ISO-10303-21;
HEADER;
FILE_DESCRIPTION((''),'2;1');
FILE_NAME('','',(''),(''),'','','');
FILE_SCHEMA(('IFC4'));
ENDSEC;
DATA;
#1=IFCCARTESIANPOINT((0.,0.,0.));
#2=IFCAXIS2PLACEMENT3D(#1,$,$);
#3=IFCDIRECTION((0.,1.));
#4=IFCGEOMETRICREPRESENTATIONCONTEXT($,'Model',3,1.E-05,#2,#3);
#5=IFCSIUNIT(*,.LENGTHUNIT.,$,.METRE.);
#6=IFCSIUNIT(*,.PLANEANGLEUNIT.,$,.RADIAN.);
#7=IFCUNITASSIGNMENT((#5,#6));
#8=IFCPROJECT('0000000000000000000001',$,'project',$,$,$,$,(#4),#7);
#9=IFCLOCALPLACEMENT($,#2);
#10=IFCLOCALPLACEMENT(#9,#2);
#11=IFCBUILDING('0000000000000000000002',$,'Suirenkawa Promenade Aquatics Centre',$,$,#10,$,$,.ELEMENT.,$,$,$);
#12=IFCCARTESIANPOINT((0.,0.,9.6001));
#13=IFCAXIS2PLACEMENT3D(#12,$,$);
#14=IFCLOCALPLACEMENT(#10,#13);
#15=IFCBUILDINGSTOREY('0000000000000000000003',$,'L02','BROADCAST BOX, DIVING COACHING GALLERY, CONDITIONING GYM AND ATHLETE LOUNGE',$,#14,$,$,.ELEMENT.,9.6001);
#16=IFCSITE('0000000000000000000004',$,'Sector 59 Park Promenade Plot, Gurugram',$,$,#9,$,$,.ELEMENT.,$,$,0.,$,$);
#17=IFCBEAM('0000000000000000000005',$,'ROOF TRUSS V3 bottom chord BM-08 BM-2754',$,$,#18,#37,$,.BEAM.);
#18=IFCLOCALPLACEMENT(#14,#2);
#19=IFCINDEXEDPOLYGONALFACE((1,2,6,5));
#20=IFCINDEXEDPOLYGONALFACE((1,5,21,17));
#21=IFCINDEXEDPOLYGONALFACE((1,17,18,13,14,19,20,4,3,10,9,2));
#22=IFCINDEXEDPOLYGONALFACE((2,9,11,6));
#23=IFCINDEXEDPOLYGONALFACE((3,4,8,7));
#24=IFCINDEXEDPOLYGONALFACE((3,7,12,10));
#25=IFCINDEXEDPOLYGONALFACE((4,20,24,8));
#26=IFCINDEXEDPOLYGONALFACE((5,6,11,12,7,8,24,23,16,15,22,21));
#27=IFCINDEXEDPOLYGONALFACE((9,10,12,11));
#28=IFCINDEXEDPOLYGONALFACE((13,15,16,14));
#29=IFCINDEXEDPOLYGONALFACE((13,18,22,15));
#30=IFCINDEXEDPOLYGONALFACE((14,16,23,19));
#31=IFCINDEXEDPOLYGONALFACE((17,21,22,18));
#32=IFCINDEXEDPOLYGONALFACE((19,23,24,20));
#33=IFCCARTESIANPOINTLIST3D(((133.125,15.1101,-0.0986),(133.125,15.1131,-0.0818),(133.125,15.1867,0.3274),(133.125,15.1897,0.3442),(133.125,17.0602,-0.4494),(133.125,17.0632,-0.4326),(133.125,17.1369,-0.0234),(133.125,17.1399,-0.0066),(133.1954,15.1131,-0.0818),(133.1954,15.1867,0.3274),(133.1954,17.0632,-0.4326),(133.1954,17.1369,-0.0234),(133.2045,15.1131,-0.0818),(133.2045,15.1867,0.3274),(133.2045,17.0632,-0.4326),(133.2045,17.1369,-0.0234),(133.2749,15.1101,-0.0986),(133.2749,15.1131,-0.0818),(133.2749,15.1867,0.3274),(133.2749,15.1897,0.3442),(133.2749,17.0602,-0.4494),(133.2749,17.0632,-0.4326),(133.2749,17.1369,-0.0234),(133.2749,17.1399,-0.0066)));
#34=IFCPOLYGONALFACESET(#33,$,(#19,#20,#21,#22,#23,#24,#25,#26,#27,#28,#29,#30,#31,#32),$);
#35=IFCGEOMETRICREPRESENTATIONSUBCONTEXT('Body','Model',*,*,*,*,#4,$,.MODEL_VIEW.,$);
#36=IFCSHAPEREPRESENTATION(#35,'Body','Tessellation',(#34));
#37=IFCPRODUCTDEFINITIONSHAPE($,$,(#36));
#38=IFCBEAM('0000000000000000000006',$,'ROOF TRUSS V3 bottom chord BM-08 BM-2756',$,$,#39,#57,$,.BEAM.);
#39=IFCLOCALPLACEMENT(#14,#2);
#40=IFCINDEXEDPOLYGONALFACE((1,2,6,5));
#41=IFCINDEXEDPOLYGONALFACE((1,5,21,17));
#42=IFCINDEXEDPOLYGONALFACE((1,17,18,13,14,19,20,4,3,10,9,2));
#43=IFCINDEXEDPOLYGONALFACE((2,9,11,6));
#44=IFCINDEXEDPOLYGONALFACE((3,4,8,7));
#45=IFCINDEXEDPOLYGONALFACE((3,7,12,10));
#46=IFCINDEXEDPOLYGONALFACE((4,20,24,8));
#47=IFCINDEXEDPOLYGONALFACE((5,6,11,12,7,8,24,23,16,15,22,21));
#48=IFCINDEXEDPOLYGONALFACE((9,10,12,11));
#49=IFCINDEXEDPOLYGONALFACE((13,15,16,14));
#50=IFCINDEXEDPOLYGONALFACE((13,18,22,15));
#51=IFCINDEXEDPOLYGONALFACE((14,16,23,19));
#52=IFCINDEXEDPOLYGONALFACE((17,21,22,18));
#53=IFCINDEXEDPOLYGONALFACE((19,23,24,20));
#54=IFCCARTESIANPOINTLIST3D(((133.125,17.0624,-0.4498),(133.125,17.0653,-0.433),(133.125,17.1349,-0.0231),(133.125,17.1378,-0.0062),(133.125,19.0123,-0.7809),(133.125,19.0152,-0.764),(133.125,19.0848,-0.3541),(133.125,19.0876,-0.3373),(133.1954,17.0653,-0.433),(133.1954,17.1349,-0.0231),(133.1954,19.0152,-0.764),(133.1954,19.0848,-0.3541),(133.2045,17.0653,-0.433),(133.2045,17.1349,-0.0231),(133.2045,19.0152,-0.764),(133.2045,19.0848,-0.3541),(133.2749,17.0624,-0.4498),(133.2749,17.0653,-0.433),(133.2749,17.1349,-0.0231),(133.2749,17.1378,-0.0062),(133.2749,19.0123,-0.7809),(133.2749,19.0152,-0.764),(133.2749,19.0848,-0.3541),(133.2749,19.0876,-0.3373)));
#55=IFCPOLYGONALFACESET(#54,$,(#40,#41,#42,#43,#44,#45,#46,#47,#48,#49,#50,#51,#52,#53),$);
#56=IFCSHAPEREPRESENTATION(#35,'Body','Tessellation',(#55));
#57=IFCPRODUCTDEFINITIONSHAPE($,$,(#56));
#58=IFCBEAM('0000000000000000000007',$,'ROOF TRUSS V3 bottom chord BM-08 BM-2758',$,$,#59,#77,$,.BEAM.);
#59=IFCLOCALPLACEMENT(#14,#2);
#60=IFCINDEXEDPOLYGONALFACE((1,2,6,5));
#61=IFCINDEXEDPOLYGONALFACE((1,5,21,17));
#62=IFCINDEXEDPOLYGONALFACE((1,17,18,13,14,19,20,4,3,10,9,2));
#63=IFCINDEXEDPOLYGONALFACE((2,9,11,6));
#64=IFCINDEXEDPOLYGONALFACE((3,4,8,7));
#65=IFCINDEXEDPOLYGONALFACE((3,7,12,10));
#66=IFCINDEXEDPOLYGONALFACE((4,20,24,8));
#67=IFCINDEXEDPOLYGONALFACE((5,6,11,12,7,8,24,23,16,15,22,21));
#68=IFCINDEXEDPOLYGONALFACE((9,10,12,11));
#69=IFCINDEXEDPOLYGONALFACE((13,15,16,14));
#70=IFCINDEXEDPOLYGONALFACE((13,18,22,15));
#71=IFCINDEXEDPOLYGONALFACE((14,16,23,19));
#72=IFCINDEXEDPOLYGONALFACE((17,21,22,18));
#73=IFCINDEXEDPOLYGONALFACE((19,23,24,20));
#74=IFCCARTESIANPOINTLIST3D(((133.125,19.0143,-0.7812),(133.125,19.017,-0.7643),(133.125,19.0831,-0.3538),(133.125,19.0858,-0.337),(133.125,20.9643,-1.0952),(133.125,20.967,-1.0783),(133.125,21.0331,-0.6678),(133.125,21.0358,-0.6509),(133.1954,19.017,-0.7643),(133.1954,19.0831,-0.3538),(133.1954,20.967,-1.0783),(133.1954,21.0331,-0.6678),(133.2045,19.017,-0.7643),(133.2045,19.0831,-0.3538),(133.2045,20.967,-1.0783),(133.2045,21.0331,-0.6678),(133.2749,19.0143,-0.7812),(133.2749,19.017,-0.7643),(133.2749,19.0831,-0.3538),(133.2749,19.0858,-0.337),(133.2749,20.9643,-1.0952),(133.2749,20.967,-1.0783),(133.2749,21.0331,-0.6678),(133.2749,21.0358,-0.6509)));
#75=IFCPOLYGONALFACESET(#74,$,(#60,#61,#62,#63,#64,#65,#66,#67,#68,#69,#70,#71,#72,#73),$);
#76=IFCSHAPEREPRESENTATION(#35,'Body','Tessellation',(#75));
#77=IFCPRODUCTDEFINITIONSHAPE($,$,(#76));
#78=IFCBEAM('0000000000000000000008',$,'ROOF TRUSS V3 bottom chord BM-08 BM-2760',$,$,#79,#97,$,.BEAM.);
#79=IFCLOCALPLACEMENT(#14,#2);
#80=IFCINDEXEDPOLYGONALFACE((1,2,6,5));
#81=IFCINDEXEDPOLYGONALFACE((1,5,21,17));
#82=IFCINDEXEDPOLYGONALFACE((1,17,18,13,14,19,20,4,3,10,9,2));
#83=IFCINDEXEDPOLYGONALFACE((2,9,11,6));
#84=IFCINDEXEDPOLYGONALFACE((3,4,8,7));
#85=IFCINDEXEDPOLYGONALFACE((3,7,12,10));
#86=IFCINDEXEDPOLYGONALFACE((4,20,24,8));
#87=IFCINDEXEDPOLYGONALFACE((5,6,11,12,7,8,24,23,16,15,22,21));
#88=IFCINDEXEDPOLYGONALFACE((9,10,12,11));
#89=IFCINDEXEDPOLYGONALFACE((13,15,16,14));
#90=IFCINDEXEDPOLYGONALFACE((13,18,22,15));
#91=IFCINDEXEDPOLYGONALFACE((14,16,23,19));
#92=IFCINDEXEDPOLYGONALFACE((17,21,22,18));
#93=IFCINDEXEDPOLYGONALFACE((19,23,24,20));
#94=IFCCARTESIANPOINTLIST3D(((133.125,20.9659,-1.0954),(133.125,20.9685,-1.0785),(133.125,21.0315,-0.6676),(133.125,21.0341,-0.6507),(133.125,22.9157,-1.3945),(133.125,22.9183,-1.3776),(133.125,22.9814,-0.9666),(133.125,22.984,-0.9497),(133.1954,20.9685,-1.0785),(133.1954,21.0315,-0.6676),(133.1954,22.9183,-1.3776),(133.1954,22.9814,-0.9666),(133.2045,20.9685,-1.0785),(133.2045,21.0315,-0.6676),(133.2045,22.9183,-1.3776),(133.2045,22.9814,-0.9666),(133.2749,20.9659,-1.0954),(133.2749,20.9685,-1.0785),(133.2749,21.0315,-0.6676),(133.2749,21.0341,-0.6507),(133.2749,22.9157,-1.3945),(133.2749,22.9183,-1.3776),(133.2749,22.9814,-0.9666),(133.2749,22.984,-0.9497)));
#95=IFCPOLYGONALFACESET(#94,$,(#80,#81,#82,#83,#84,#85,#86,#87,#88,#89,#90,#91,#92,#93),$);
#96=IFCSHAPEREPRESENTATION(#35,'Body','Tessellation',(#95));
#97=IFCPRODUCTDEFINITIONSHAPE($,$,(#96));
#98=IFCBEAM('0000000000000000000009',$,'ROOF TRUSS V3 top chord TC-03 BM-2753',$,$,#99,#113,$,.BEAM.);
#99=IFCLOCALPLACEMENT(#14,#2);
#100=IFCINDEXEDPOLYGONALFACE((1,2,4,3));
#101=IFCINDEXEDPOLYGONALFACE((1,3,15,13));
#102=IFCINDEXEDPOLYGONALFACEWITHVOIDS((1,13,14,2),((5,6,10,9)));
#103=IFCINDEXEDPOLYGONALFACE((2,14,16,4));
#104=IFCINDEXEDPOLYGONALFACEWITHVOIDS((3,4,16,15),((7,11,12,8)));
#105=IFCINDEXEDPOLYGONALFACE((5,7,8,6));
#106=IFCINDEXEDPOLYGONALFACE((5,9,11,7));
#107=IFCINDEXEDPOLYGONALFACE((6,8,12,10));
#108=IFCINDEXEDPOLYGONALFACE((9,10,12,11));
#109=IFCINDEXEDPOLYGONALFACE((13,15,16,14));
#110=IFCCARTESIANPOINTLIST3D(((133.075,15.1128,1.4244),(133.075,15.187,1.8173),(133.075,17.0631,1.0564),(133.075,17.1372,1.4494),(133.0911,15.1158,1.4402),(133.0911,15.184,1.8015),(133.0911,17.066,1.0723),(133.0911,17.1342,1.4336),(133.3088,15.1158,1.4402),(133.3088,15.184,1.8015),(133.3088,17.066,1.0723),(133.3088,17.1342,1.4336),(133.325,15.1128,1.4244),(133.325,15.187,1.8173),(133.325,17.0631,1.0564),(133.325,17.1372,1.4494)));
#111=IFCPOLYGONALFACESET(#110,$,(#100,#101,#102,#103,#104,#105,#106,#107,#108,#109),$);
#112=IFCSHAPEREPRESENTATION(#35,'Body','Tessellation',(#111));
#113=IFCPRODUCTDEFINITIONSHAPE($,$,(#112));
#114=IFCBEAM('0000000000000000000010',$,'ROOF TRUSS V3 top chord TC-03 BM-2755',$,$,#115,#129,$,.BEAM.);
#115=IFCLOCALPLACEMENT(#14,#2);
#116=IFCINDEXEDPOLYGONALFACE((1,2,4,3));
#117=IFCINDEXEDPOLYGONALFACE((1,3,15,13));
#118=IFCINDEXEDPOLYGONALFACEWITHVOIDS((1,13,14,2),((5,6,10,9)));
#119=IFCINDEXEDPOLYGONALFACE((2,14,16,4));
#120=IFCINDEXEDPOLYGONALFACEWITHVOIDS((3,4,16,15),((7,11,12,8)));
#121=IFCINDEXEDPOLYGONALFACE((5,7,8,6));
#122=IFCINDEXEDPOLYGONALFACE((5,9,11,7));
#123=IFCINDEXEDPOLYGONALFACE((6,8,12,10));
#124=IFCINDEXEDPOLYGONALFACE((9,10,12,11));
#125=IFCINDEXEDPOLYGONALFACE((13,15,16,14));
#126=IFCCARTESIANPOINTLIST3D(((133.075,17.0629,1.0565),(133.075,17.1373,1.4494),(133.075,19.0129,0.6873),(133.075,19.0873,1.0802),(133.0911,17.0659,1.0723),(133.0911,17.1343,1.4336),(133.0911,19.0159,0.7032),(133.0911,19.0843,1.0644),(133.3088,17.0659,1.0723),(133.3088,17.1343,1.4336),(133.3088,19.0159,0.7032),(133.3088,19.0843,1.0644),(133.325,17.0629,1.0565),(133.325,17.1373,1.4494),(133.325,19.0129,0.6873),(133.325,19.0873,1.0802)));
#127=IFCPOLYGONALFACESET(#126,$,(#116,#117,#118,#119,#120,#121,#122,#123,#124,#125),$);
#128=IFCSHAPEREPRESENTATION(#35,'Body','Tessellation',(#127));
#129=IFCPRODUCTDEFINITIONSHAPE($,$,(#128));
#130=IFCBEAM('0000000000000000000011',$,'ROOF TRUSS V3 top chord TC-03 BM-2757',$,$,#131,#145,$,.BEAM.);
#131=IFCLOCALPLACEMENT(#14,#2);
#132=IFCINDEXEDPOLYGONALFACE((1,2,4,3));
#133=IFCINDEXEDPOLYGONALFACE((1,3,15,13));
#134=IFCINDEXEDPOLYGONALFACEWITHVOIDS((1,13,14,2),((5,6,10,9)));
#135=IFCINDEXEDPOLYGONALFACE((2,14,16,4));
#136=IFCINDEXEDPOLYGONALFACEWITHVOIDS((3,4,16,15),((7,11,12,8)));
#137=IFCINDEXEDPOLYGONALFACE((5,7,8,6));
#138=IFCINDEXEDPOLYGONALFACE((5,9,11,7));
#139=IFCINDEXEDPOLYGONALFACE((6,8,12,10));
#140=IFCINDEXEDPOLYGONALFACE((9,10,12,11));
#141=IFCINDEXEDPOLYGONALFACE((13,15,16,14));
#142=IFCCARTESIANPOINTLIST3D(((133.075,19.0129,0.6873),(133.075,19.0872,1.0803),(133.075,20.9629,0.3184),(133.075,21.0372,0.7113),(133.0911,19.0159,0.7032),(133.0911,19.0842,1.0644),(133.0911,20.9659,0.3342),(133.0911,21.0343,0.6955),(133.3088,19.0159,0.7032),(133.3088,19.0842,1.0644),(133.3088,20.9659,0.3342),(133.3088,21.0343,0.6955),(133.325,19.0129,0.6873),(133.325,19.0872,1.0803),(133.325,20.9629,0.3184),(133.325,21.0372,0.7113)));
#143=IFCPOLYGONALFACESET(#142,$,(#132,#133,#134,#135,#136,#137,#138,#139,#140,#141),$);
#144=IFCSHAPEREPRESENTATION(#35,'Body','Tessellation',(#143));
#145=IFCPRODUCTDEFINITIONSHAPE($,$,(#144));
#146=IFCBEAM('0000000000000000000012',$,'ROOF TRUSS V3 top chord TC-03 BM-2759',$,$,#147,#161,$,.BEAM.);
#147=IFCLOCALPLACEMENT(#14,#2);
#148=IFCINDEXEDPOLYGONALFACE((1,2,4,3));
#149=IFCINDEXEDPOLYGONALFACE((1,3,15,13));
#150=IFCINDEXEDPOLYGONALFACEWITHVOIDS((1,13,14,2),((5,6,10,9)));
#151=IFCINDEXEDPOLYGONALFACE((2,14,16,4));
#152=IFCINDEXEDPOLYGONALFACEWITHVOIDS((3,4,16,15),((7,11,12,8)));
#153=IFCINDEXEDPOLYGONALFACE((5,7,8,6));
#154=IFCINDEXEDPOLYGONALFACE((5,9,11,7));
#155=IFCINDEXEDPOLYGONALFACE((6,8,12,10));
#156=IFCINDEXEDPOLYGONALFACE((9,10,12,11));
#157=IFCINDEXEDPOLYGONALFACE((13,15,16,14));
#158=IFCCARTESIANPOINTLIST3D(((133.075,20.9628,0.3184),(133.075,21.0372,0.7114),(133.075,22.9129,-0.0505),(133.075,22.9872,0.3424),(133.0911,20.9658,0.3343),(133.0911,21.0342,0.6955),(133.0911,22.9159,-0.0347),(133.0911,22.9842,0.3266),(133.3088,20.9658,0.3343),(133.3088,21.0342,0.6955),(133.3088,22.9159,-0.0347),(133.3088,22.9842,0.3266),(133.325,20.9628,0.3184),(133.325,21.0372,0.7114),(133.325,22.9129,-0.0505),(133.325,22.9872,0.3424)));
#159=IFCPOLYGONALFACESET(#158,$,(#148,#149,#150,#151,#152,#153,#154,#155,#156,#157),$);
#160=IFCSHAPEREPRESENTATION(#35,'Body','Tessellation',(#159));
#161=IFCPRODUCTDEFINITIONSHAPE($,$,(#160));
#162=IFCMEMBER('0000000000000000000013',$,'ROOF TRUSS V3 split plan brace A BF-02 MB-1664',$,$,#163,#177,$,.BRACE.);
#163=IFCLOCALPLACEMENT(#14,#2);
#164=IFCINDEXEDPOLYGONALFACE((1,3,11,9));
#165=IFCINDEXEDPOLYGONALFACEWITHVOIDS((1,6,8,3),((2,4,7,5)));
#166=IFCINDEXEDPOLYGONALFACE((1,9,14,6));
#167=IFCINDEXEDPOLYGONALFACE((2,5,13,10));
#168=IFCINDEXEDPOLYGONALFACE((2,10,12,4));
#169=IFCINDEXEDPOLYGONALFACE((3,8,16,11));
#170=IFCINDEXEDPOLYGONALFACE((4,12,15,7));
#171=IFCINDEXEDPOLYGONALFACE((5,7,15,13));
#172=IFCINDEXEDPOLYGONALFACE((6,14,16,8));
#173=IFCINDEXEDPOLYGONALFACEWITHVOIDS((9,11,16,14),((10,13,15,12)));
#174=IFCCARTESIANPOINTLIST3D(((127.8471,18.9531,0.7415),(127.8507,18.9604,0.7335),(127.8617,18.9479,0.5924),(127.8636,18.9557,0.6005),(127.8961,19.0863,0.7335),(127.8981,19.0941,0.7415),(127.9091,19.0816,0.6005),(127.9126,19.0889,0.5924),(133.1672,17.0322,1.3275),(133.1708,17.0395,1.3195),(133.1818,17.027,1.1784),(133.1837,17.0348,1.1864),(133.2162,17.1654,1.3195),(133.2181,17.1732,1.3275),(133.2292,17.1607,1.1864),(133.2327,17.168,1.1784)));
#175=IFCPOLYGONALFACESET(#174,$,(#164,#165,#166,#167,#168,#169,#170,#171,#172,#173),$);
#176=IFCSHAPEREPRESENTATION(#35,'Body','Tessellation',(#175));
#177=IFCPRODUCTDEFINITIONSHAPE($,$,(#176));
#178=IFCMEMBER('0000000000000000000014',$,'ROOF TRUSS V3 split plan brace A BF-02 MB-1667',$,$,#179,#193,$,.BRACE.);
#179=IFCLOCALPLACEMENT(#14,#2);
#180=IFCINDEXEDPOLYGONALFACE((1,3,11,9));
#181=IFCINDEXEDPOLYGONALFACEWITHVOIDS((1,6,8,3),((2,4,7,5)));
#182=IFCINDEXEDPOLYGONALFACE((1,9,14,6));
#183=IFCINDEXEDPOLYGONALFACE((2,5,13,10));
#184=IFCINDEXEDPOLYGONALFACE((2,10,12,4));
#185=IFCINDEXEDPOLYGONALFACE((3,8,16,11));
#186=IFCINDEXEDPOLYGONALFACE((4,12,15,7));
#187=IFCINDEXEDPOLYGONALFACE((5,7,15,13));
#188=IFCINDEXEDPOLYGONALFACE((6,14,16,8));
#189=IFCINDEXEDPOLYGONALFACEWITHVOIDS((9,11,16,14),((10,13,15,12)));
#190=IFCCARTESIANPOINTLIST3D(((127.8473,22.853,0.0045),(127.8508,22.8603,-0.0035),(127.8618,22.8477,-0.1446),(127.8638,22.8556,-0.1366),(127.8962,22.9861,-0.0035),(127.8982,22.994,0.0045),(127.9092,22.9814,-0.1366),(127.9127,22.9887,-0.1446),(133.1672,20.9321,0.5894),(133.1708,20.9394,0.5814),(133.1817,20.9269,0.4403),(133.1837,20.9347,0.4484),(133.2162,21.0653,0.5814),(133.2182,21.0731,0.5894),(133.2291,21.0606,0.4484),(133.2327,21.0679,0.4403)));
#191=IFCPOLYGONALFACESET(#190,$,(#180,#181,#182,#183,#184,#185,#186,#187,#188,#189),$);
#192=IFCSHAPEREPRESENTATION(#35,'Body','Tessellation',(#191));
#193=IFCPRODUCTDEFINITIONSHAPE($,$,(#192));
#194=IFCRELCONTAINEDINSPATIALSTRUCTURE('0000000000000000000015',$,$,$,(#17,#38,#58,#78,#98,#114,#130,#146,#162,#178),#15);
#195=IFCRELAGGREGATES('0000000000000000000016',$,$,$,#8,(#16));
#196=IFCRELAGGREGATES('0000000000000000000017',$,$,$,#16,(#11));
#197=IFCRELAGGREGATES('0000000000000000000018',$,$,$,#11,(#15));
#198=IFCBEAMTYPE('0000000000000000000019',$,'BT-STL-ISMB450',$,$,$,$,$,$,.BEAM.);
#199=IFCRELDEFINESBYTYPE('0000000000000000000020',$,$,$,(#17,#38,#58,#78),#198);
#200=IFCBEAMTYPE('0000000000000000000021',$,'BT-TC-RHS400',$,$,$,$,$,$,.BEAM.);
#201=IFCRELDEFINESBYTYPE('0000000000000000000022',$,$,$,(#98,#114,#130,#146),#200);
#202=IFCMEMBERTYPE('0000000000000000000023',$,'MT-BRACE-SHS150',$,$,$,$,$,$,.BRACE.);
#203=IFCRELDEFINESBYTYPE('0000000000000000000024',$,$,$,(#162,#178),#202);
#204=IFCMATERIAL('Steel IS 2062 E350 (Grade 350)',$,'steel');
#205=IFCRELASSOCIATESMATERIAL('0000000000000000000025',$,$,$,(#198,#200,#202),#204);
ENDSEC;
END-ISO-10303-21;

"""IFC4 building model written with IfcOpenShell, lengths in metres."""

from ifc_helpers import new_model, si_unit, direction, frame, origin, origin_2d, place, context, subcontext, project, spatial, hollow_rectangle, i_section, extrude, material, material_profile, profile_set, type_object, element, save


model = new_model("IFC4")

# Units and contexts
model_context = context("Model", 3, precision=1e-05, world=origin(), true_north=direction((0.0, 1.0)))
body_context = subcontext(model_context, "Body", "Model", "MODEL_VIEW")
ifc_project = project(units=[si_unit("LENGTHUNIT", "METRE"), si_unit("PLANEANGLEUNIT", "RADIAN")], contexts=[model_context])

# Site, building, storey
site_placement = place(None, origin())
site = spatial("IfcSite", under=ifc_project, at=site_placement, Name="Sector 59 Park Promenade Plot, Gurugram", CompositionType="ELEMENT", RefElevation=0.0)
building_placement = place(site_placement, origin())
building = spatial("IfcBuilding", under=site, at=building_placement, Name="Suirenkawa Promenade Aquatics Centre", CompositionType="ELEMENT")
storey_placement = place(building_placement, frame((0.0, 0.0, 9.6001)))
storey = spatial("IfcBuildingStorey", under=building, at=storey_placement, Name="L02", Description="BROADCAST BOX, DIVING COACHING GALLERY, CONDITIONING GYM AND ATHLETE LOUNGE", CompositionType="ELEMENT", Elevation=9.6001)

# Beams
ifc_material_1 = material(Name="Steel IS 2062 E350 (Grade 350)", Category="steel")
ifc_material_profile_1 = material_profile(ifc_material_1, i_section(OverallWidth=0.1499, OverallDepth=0.45, WebThickness=0.009, FlangeThickness=0.0171, at=origin_2d()), Name="ISMB 450", Category="steel")
ifc_profile_set_1 = profile_set([ifc_material_profile_1], Name="Steel IS 2062 E350 (Grade 350)")
beam_type_1 = type_object("IfcBeamType", Name="BT-STL-ISMB450", PredefinedType="BEAM", material=ifc_profile_set_1)
beam_1_placement = place(storey_placement, frame((133.2, 15.1499, 0.1228), z_axis=(0.0, 0.984201, -0.177053), x_axis=(-1.0, 0.0, 0.0)))
element("IfcBeam", 1, at=beam_1_placement, inside=storey, type_object=beam_type_1, Name="ROOF TRUSS V3 bottom chord BM-08 BM-2754", PredefinedType="BEAM", context=body_context, shape_type="SweptSolid", body=[
    extrude(i_section(OverallWidth=0.1499, OverallDepth=0.45, WebThickness=0.009, FlangeThickness=0.0171, at=origin_2d()), origin(), (0.0, 0.0, 1.0), 1.9814),
])
beam_2_placement = place(storey_placement, frame((133.2, 17.1001, -0.228), z_axis=(0.0, 0.985892, -0.167381), x_axis=(-1.0, 0.0, 0.0)))
element("IfcBeam", 2, at=beam_2_placement, inside=storey, type_object=beam_type_1, Name="ROOF TRUSS V3 bottom chord BM-08 BM-2756", PredefinedType="BEAM", context=body_context, shape_type="SweptSolid", body=[
    extrude(i_section(OverallWidth=0.1499, OverallDepth=0.45, WebThickness=0.009, FlangeThickness=0.0171, at=origin_2d()), origin(), (0.0, 0.0, 1.0), 1.9778),
])
beam_3_placement = place(storey_placement, frame((133.2, 19.05, -0.5591), z_axis=(0.0, 0.987284, -0.158964), x_axis=(-1.0, 0.0, 0.0)))
element("IfcBeam", 3, at=beam_3_placement, inside=storey, type_object=beam_type_1, Name="ROOF TRUSS V3 bottom chord BM-08 BM-2758", PredefinedType="BEAM", context=body_context, shape_type="SweptSolid", body=[
    extrude(i_section(OverallWidth=0.1499, OverallDepth=0.45, WebThickness=0.009, FlangeThickness=0.0171, at=origin_2d()), origin(), (0.0, 0.0, 1.0), 1.9751),
])
beam_4_placement = place(storey_placement, frame((133.2, 21.0, -0.873), z_axis=(0.0, 0.988442, -0.151601), x_axis=(-1.0, 0.0, 0.0)))
element("IfcBeam", 4, at=beam_4_placement, inside=storey, type_object=beam_type_1, Name="ROOF TRUSS V3 bottom chord BM-08 BM-2760", PredefinedType="BEAM", context=body_context, shape_type="SweptSolid", body=[
    extrude(i_section(OverallWidth=0.1499, OverallDepth=0.45, WebThickness=0.009, FlangeThickness=0.0171, at=origin_2d()), origin(), (0.0, 0.0, 1.0), 1.9727),
])
ifc_material_profile_2 = material_profile(ifc_material_1, hollow_rectangle(XDim=0.25, YDim=0.3999, WallThickness=0.0161, at=origin_2d()), Name="RHS 400x250x16", Category="steel")
ifc_profile_set_2 = profile_set([ifc_material_profile_2], Name="Steel IS 2062 E350 (Grade 350)")
beam_type_2 = type_object("IfcBeamType", Name="BT-TC-RHS400", PredefinedType="BEAM", material=ifc_profile_set_2)
for number, where, z_axis, x_axis, name in (
    (5, (133.2, 15.1499, 1.6208), (0.0, 0.982665, -0.185388), (-1.0, 0.0, 0.0), "ROOF TRUSS V3 top chord TC-03 BM-2753"),
    (6, (133.2, 17.1001, 1.2529), (0.0, 0.982549, -0.186004), (-1.0, 0.0, 0.0), "ROOF TRUSS V3 top chord TC-03 BM-2755"),
    (7, (133.2, 19.05, 0.8838), (0.0, 0.982571, -0.185885), (-1.0, 0.0, 0.0), "ROOF TRUSS V3 top chord TC-03 BM-2757"),
    (8, (133.2, 21.0, 0.5149), (0.0, 0.982571, -0.185885), (-1.0, 0.0, 0.0), "ROOF TRUSS V3 top chord TC-03 BM-2759"),
):
    element("IfcBeam", number, at=place(storey_placement, frame(where, z_axis=z_axis, x_axis=x_axis)), inside=storey, type_object=beam_type_2, Name=name, PredefinedType="BEAM", context=body_context, shape_type="SweptSolid", body=[
        extrude(hollow_rectangle(XDim=0.25, YDim=0.3999, WallThickness=0.0161, at=origin_2d()), origin(), (0.0, 0.0, 1.0), 1.9846),
    ])

# Members
ifc_material_profile_3 = material_profile(ifc_material_1, hollow_rectangle(XDim=0.1499, YDim=0.1499, WallThickness=0.0081, at=origin_2d()), Name="SHS 150x150x8", Category="steel")
ifc_profile_set_3 = profile_set([ifc_material_profile_3], Name="Steel IS 2062 E350 (Grade 350)")
member_type_1 = type_object("IfcMemberType", Name="MT-BRACE-SHS150", PredefinedType="BRACE", material=ifc_profile_set_3)
member_1_placement = place(storey_placement, frame((133.2, 17.1001, 1.2529), z_axis=(-0.935561, 0.3378, -0.10304), x_axis=(-0.339607, -0.940567, 0.0)))
element("IfcMember", 9, at=member_1_placement, inside=storey, type_object=member_type_1, Name="ROOF TRUSS V3 split plan brace A BF-02 MB-1664", PredefinedType="BRACE", context=body_context, shape_type="SweptSolid", body=[
    extrude(hollow_rectangle(XDim=0.1499, YDim=0.1499, WallThickness=0.0081, at=origin_2d()), origin(), (0.0, 0.0, 1.0), 5.6865),
])
member_2_placement = place(storey_placement, frame((133.2, 21.0, 0.5149), z_axis=(-0.935577, 0.337806, -0.10287), x_axis=(-0.339607, -0.940567, 0.0)))
element("IfcMember", 10, at=member_2_placement, inside=storey, type_object=member_type_1, Name="ROOF TRUSS V3 split plan brace A BF-02 MB-1667", PredefinedType="BRACE", context=body_context, shape_type="SweptSolid", body=[
    extrude(hollow_rectangle(XDim=0.1499, YDim=0.1499, WallThickness=0.0081, at=origin_2d()), origin(), (0.0, 0.0, 1.0), 5.6863),
])

save(model, "model.ifc")
